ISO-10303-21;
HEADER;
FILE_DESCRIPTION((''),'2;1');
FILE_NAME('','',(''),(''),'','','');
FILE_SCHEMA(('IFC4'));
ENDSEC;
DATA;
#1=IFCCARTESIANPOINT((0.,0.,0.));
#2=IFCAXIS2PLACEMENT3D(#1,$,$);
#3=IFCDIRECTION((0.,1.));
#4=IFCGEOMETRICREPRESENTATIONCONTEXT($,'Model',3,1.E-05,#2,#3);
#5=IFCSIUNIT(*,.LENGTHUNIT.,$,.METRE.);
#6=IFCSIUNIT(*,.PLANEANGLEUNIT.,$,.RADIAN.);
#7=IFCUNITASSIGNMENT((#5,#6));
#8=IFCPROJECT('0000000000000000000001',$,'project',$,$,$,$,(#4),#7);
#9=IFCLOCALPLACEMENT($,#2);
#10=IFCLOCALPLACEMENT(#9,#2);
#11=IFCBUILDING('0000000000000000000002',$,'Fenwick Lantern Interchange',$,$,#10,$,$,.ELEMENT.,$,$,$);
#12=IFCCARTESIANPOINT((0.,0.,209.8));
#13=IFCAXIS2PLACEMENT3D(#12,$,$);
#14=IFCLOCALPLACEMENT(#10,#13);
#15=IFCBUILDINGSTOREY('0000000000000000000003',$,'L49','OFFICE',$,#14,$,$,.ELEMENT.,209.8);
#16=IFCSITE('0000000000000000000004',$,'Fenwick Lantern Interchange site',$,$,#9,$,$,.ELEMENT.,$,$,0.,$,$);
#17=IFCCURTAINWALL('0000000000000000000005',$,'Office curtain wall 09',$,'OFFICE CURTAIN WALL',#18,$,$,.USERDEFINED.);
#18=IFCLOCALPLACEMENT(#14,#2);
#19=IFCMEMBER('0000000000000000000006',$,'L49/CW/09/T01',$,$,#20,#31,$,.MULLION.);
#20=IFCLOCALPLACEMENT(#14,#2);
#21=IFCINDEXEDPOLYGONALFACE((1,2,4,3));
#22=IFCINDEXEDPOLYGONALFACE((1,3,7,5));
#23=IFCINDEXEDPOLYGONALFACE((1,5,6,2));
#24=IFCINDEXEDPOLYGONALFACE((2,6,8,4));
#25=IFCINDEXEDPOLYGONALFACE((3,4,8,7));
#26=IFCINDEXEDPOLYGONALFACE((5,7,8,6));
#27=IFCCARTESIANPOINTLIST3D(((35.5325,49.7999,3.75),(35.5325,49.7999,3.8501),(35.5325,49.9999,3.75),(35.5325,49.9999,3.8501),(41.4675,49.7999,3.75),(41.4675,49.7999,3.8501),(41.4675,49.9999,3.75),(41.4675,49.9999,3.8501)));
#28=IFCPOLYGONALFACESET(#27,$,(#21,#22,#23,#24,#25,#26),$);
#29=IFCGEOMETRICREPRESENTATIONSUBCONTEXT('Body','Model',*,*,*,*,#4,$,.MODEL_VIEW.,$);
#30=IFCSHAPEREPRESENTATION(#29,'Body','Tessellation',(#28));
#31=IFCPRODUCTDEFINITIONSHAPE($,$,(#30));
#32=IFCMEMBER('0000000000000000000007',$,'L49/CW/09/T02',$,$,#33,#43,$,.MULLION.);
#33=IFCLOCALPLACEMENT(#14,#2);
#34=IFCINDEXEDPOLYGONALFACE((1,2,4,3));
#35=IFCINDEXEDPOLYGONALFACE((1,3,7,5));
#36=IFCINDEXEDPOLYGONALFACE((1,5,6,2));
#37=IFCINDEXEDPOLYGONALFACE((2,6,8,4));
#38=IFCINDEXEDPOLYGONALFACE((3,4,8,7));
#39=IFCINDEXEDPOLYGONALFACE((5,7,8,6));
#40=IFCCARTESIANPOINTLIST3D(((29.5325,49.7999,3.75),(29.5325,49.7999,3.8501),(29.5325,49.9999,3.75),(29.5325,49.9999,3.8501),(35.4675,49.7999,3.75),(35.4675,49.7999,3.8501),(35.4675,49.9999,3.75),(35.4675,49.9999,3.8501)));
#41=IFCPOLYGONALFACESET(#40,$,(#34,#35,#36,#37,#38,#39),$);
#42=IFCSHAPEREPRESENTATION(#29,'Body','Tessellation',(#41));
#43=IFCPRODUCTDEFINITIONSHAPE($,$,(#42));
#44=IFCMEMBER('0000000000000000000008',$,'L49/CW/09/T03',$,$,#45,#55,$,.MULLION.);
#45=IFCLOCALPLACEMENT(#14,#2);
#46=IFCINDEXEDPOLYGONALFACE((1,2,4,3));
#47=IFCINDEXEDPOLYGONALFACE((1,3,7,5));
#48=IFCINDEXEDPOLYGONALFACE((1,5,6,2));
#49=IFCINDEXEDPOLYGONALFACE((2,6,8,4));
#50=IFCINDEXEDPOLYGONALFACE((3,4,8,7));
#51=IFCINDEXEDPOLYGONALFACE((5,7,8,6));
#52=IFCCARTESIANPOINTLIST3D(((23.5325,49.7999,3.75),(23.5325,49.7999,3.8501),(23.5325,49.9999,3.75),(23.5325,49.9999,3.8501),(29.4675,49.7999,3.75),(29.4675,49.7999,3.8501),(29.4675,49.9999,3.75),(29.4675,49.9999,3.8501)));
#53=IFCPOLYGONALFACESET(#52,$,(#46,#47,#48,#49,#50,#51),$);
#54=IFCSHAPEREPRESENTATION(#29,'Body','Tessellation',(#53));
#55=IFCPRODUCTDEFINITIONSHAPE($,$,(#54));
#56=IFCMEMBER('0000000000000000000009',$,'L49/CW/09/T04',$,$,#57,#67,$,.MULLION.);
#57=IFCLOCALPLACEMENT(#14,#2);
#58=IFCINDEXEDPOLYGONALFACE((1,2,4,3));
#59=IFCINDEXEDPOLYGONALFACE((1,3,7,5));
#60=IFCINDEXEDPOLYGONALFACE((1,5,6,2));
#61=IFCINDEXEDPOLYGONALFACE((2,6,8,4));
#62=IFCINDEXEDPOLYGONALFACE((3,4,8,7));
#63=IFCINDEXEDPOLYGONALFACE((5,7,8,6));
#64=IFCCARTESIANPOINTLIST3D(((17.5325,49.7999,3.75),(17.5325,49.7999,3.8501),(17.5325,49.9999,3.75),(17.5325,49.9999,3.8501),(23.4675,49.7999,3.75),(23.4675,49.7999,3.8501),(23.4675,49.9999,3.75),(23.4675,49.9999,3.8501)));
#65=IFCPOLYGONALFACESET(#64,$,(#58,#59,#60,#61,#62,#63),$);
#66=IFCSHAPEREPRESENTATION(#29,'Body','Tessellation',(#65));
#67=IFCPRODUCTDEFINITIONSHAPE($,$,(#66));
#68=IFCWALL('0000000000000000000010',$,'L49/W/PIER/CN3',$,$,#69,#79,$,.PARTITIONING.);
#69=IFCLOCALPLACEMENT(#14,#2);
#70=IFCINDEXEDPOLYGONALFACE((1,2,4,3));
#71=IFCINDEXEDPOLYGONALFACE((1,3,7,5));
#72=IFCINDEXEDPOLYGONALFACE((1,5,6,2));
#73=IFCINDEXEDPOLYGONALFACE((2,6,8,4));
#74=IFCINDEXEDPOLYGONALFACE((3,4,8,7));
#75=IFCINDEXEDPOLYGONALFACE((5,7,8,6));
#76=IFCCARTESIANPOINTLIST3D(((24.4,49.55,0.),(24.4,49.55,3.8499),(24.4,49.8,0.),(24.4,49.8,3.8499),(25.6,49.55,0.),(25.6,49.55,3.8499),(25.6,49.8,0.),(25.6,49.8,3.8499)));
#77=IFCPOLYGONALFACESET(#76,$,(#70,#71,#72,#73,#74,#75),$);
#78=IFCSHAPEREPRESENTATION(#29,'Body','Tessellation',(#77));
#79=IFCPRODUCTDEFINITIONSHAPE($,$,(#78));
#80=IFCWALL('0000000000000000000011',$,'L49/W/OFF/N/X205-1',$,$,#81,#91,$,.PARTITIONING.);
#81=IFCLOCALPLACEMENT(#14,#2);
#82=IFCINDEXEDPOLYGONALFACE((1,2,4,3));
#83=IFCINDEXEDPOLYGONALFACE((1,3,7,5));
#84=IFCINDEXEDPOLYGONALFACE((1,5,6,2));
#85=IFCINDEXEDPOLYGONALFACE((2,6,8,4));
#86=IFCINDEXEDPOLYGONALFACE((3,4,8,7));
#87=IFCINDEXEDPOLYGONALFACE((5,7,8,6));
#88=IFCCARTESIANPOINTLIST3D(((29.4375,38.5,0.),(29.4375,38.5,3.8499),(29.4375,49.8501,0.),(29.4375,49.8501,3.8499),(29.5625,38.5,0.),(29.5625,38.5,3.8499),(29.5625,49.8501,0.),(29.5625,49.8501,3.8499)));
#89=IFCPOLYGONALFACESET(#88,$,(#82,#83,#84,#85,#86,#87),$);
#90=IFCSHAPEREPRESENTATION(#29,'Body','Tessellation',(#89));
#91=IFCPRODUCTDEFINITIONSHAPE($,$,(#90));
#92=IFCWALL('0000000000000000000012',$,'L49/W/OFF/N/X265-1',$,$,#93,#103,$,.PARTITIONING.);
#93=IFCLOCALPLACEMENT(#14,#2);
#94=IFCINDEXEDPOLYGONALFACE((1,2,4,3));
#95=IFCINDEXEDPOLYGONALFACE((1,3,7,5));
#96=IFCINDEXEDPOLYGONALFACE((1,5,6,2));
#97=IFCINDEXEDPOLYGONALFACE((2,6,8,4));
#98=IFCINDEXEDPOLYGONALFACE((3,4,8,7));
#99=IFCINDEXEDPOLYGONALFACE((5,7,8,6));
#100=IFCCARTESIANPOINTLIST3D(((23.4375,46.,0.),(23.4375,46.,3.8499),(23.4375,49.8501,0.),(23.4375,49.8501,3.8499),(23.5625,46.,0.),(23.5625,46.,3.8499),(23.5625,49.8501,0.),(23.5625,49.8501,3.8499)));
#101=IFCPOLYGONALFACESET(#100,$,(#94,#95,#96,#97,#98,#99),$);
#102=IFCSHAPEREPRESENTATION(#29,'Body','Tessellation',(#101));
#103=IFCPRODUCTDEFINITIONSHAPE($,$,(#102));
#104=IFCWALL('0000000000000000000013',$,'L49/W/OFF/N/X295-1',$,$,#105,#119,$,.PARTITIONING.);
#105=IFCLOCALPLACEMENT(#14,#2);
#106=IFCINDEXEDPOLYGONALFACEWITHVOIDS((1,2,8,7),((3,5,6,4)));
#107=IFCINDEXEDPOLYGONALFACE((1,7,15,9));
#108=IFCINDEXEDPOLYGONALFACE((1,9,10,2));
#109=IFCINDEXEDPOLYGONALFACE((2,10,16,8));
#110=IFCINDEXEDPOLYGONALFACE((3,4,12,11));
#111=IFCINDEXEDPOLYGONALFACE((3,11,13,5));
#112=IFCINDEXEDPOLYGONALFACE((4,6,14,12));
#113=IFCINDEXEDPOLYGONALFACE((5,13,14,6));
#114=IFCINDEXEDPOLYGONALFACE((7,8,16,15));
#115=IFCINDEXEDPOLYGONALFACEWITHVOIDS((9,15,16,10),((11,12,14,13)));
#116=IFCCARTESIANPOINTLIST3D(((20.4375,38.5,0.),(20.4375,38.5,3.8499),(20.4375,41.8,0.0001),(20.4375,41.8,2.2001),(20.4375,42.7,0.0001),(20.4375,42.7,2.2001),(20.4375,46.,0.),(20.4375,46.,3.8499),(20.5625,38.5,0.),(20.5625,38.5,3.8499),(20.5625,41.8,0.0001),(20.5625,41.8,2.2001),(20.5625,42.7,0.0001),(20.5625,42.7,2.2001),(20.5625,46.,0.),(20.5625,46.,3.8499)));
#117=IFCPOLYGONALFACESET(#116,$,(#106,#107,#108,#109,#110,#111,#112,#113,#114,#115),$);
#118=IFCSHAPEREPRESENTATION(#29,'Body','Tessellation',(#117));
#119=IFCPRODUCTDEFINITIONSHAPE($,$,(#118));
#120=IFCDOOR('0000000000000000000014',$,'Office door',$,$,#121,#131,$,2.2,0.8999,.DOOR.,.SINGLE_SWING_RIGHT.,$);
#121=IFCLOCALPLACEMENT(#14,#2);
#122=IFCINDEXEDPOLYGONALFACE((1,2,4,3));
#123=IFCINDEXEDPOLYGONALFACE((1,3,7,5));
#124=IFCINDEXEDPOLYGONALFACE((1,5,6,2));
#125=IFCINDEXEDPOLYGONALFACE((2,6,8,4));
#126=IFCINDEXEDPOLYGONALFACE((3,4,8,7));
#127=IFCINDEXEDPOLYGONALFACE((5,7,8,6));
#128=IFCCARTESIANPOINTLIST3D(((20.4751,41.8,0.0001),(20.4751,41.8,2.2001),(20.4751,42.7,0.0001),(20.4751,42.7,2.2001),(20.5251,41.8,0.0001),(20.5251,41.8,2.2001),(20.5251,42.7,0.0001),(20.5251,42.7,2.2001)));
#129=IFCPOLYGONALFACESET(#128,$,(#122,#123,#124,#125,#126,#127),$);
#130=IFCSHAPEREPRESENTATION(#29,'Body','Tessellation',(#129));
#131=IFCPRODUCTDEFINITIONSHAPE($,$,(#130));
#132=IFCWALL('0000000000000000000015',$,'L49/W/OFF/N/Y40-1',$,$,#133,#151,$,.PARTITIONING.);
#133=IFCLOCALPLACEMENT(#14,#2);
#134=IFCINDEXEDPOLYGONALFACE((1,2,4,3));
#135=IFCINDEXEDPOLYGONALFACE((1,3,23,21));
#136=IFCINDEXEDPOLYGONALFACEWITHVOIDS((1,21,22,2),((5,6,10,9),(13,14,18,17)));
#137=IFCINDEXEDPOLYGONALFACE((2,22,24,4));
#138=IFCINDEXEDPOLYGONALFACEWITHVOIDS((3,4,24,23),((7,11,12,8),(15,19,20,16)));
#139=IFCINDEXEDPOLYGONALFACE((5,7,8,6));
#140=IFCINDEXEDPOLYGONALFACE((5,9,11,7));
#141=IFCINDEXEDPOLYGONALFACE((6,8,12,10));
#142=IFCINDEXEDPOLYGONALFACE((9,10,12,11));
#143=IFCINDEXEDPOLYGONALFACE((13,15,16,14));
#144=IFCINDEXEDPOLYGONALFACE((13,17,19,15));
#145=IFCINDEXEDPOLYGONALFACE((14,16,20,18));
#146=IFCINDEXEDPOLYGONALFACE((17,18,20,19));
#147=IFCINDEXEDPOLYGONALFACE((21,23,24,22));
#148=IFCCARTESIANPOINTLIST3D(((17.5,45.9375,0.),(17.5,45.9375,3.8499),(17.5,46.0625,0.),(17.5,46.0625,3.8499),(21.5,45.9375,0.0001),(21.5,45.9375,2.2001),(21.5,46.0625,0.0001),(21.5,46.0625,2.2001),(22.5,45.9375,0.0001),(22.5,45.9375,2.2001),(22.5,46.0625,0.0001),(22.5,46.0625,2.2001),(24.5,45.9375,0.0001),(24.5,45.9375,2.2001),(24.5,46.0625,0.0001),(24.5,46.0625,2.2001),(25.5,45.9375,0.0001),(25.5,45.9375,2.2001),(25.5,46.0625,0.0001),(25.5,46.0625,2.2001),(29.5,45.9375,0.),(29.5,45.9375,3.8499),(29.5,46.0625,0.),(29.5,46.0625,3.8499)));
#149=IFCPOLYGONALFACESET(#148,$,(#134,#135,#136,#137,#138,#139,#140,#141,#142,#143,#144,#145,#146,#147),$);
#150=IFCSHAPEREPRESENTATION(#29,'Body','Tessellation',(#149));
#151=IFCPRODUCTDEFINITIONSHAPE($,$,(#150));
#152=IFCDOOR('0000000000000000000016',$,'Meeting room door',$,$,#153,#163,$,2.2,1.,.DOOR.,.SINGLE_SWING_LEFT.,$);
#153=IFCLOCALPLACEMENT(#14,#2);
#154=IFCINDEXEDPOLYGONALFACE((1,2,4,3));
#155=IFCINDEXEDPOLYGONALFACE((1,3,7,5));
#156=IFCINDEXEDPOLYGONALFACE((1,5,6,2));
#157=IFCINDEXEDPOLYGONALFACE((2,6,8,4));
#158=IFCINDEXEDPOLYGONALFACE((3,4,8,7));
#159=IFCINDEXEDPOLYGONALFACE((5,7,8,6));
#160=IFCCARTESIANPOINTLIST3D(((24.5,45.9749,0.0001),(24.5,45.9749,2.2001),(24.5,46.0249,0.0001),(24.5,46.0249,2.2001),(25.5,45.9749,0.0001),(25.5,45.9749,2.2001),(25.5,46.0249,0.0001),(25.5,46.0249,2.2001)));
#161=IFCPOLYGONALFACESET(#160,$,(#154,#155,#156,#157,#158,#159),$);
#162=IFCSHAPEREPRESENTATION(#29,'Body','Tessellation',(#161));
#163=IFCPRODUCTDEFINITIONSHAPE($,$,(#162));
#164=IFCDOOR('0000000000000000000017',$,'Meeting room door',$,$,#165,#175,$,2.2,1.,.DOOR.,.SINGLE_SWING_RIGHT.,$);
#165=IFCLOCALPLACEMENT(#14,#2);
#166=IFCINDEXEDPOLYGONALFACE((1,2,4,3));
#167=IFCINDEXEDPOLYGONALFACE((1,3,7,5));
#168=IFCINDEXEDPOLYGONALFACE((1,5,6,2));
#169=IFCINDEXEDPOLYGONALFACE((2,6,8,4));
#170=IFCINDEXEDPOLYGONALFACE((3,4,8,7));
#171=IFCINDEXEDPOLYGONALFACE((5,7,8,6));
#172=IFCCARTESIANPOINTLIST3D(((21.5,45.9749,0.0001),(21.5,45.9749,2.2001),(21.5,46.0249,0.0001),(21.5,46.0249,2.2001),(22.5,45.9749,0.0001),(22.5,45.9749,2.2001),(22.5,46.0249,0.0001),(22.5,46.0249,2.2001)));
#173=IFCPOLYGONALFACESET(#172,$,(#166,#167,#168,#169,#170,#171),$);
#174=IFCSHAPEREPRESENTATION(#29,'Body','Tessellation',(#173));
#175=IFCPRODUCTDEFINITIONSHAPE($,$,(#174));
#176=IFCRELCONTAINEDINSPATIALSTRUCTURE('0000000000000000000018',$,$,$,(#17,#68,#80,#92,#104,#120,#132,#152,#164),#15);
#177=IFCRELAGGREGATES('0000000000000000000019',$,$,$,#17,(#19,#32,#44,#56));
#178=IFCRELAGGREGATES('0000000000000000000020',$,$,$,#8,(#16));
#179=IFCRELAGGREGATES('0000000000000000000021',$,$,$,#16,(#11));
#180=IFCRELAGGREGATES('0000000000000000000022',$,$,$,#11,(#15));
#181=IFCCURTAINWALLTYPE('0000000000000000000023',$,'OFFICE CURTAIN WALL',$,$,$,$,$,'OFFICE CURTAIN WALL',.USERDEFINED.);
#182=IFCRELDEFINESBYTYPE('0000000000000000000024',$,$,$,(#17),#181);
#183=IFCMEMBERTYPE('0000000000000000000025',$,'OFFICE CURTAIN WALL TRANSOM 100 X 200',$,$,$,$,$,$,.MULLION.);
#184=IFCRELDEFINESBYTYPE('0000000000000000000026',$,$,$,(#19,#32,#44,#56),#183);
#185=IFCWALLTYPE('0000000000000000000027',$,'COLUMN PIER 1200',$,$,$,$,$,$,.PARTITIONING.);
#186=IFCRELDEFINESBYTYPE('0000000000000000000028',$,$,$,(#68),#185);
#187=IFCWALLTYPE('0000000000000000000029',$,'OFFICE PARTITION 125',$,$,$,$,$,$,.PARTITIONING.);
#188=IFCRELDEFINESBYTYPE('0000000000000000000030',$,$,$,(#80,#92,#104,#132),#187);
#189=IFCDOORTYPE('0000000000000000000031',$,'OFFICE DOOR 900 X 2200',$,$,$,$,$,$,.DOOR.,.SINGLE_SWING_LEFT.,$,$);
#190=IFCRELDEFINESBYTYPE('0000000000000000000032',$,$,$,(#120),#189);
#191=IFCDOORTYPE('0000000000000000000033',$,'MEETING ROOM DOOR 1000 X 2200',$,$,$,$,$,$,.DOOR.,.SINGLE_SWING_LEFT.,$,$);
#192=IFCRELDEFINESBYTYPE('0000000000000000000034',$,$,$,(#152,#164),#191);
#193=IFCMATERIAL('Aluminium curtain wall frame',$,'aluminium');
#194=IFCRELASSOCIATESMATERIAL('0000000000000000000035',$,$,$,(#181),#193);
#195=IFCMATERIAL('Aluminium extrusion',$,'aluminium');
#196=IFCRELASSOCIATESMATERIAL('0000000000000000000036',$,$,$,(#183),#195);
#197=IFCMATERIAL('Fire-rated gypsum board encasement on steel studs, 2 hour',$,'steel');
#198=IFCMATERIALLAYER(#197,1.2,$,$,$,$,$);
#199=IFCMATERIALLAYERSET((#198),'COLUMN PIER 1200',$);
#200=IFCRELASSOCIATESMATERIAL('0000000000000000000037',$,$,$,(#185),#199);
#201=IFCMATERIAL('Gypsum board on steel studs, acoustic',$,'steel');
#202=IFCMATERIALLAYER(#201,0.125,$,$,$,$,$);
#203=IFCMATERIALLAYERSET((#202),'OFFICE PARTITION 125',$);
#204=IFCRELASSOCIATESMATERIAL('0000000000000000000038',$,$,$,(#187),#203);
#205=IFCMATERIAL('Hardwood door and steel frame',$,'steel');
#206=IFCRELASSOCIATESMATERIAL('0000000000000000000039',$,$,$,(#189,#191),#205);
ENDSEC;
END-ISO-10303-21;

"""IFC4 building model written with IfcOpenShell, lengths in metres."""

from ifc_helpers import new_model, si_unit, direction, frame, frame_2d, origin, origin_2d, place, context, subcontext, project, spatial, rectangle, extrude, material, layer, layer_set, material_profile, profile_set, type_object, element, fill, aggregate, save


model = new_model("IFC4")

# Units and contexts
model_context = context("Model", 3, precision=1e-05, world=origin(), true_north=direction((0.0, 1.0)))
body_context = subcontext(model_context, "Body", "Model", "MODEL_VIEW")
ifc_project = project(units=[si_unit("LENGTHUNIT", "METRE"), si_unit("PLANEANGLEUNIT", "RADIAN")], contexts=[model_context])

# Site, building, storey
site_placement = place(None, origin())
site = spatial("IfcSite", under=ifc_project, at=site_placement, Name="Fenwick Lantern Interchange site", CompositionType="ELEMENT", RefElevation=0.0)
building_placement = place(site_placement, origin())
building = spatial("IfcBuilding", under=site, at=building_placement, Name="Fenwick Lantern Interchange", CompositionType="ELEMENT")
storey_placement = place(building_placement, frame((0.0, 0.0, 209.8)))
storey = spatial("IfcBuildingStorey", under=building, at=storey_placement, Name="L49", Description="OFFICE", CompositionType="ELEMENT", Elevation=209.8)

# Curtain wall, members
ifc_material_1 = material(Name="Aluminium curtain wall frame", Category="aluminium")
curtain_wall_type = type_object("IfcCurtainWallType", Name="OFFICE CURTAIN WALL", ElementType="OFFICE CURTAIN WALL", PredefinedType="USERDEFINED", material=ifc_material_1)
curtain_wall_placement = place(storey_placement, origin())
curtain_wall = element("IfcCurtainWall", 1, at=curtain_wall_placement, inside=storey, type_object=curtain_wall_type, Name="Office curtain wall 09", ObjectType="OFFICE CURTAIN WALL", PredefinedType="USERDEFINED")
ifc_material_2 = material(Name="Aluminium extrusion", Category="aluminium")
ifc_material_profile_1 = material_profile(ifc_material_2, rectangle(XDim=0.2, YDim=0.1001, at=origin_2d()), Name="OFFICE CURTAIN WALL TRANSOM 100 X 200")
ifc_profile_set_1 = profile_set([ifc_material_profile_1], Name="Aluminium extrusion")
member_type_1 = type_object("IfcMemberType", Name="OFFICE CURTAIN WALL TRANSOM 100 X 200", PredefinedType="MULLION", material=ifc_profile_set_1)
member_1_placement = place(storey_placement, frame((41.4675, 49.8999, 3.8), z_axis=(-1.0, 0.0, 0.0), x_axis=(0.0, -1.0, 0.0)))
member_1 = element("IfcMember", 2, at=member_1_placement, type_object=member_type_1, Name="L49/CW/09/T01", PredefinedType="MULLION", context=body_context, shape_type="SweptSolid", body=[
    extrude(rectangle(XDim=0.2, YDim=0.1001, at=origin_2d()), origin(), (0.0, 0.0, 1.0), 5.9351),
])
member_2_placement = place(storey_placement, frame((35.4675, 49.8999, 3.8), z_axis=(-1.0, 0.0, 0.0), x_axis=(0.0, -1.0, 0.0)))
member_2 = element("IfcMember", 3, at=member_2_placement, type_object=member_type_1, Name="L49/CW/09/T02", PredefinedType="MULLION", context=body_context, shape_type="SweptSolid", body=[
    extrude(rectangle(XDim=0.2, YDim=0.1001, at=origin_2d()), origin(), (0.0, 0.0, 1.0), 5.9351),
])
member_3_placement = place(storey_placement, frame((29.4675, 49.8999, 3.8), z_axis=(-1.0, 0.0, 0.0), x_axis=(0.0, -1.0, 0.0)))
member_3 = element("IfcMember", 4, at=member_3_placement, type_object=member_type_1, Name="L49/CW/09/T03", PredefinedType="MULLION", context=body_context, shape_type="SweptSolid", body=[
    extrude(rectangle(XDim=0.2, YDim=0.1001, at=origin_2d()), origin(), (0.0, 0.0, 1.0), 5.9351),
])
member_4_placement = place(storey_placement, frame((23.4675, 49.8999, 3.8), z_axis=(-1.0, 0.0, 0.0), x_axis=(0.0, -1.0, 0.0)))
member_4 = element("IfcMember", 5, at=member_4_placement, type_object=member_type_1, Name="L49/CW/09/T04", PredefinedType="MULLION", context=body_context, shape_type="SweptSolid", body=[
    extrude(rectangle(XDim=0.2, YDim=0.1001, at=origin_2d()), origin(), (0.0, 0.0, 1.0), 5.9351),
])
aggregate(curtain_wall, [member_1, member_2, member_3, member_4])

# Walls
ifc_material_3 = material(Name="Fire-rated gypsum board encasement on steel studs, 2 hour", Category="steel")
ifc_layer_1 = layer(ifc_material_3, 1.2)
ifc_layer_set_1 = layer_set([ifc_layer_1], Name="COLUMN PIER 1200")
wall_type_1 = type_object("IfcWallType", Name="COLUMN PIER 1200", PredefinedType="PARTITIONING", material=ifc_layer_set_1)
wall_1_placement = place(storey_placement, frame((25.0, 49.8, 0.0), z_axis=(0.0, 0.0, 1.0), x_axis=(0.0, -1.0, 0.0)))
element("IfcWall", 6, at=wall_1_placement, inside=storey, type_object=wall_type_1, Name="L49/W/PIER/CN3", PredefinedType="PARTITIONING", context=body_context, shape_type="SweptSolid", body=[
    extrude(rectangle(XDim=0.25, YDim=1.2, at=frame_2d((0.125, 0.0))), origin(), (0.0, 0.0, 1.0), 3.8499),
])
ifc_material_4 = material(Name="Gypsum board on steel studs, acoustic", Category="steel")
ifc_layer_2 = layer(ifc_material_4, 0.125)
ifc_layer_set_2 = layer_set([ifc_layer_2], Name="OFFICE PARTITION 125")
wall_type_2 = type_object("IfcWallType", Name="OFFICE PARTITION 125", PredefinedType="PARTITIONING", material=ifc_layer_set_2)
wall_2_placement = place(storey_placement, frame((29.5, 49.8501, 0.0), z_axis=(0.0, 0.0, 1.0), x_axis=(0.0, -1.0, 0.0)))
element("IfcWall", 7, at=wall_2_placement, inside=storey, type_object=wall_type_2, Name="L49/W/OFF/N/X205-1", PredefinedType="PARTITIONING", context=body_context, shape_type="SweptSolid", body=[
    extrude(rectangle(XDim=11.3501, YDim=0.125, at=frame_2d((5.675, 0.0))), origin(), (0.0, 0.0, 1.0), 3.8499),
])
wall_3_placement = place(storey_placement, frame((23.5, 49.8501, 0.0), z_axis=(0.0, 0.0, 1.0), x_axis=(0.0, -1.0, 0.0)))
element("IfcWall", 8, at=wall_3_placement, inside=storey, type_object=wall_type_2, Name="L49/W/OFF/N/X265-1", PredefinedType="PARTITIONING", context=body_context, shape_type="SweptSolid", body=[
    extrude(rectangle(XDim=3.8501, YDim=0.125, at=frame_2d((1.925, 0.0))), origin(), (0.0, 0.0, 1.0), 3.8499),
])

# Wall, opening, door
wall_4_placement = place(storey_placement, frame((20.5, 46.0, 0.0), z_axis=(0.0, 0.0, 1.0), x_axis=(0.0, -1.0, 0.0)))
wall_4 = element("IfcWall", 9, at=wall_4_placement, inside=storey, type_object=wall_type_2, Name="L49/W/OFF/N/X295-1", PredefinedType="PARTITIONING", context=body_context, shape_type="SweptSolid", body=[
    extrude(rectangle(XDim=7.5, YDim=0.125, at=frame_2d((3.75, 0.0))), origin(), (0.0, 0.0, 1.0), 3.8499),
])
opening_1_placement = place(wall_4_placement, frame((3.3, 0.0, 0.0)))
opening_1 = element("IfcOpeningElement", 10, at=opening_1_placement, cuts=wall_4, PredefinedType="OPENING", context=body_context, shape_type="SweptSolid", body=[
    extrude(rectangle(XDim=0.8999, YDim=2.2, at=frame_2d((0.45, 1.1001))), frame((0.0, 0.0725, 0.0), z_axis=(0.0, -1.0, 0.0), x_axis=(1.0, 0.0, 0.0)), (0.0, 0.0, 1.0), 0.145),
])
ifc_material_5 = material(Name="Hardwood door and steel frame", Category="steel")
door_type_1 = type_object("IfcDoorType", Name="OFFICE DOOR 900 X 2200", OperationType="SINGLE_SWING_LEFT", PredefinedType="DOOR", material=ifc_material_5)
door_1_placement = place(opening_1_placement, frame((0.8999, 0.0, 0.0), z_axis=(0.0, 0.0, 1.0), x_axis=(-1.0, 0.0, 0.0)))
door_1 = element("IfcDoor", 11, at=door_1_placement, inside=storey, type_object=door_type_1, Name="Office door", OperationType="SINGLE_SWING_RIGHT", OverallHeight=2.2, OverallWidth=0.8999, PredefinedType="DOOR", context=body_context, shape_type="SweptSolid", body=[
    extrude(rectangle(XDim=0.8999, YDim=2.2, at=frame_2d((0.45, 1.1001))), frame((0.0, 0.0249, 0.0), z_axis=(0.0, -1.0, 0.0), x_axis=(1.0, 0.0, 0.0)), (0.0, 0.0, 1.0), 0.05),
])
fill(opening_1, door_1)

# Wall, openings, doors
wall_5_placement = place(storey_placement, frame((29.5, 46.0, 0.0), z_axis=(0.0, 0.0, 1.0), x_axis=(-1.0, 0.0, 0.0)))
wall_5 = element("IfcWall", 12, at=wall_5_placement, inside=storey, type_object=wall_type_2, Name="L49/W/OFF/N/Y40-1", PredefinedType="PARTITIONING", context=body_context, shape_type="SweptSolid", body=[
    extrude(rectangle(XDim=12.0, YDim=0.125, at=frame_2d((6.0, 0.0))), origin(), (0.0, 0.0, 1.0), 3.8499),
])
opening_2_placement = place(wall_5_placement, frame((4.0, 0.0, 0.0)))
opening_2 = element("IfcOpeningElement", 13, at=opening_2_placement, cuts=wall_5, PredefinedType="OPENING", context=body_context, shape_type="SweptSolid", body=[
    extrude(rectangle(XDim=1.0, YDim=2.2, at=frame_2d((0.5, 1.1001))), frame((0.0, 0.0725, 0.0), z_axis=(0.0, -1.0, 0.0), x_axis=(1.0, 0.0, 0.0)), (0.0, 0.0, 1.0), 0.145),
])
opening_3_placement = place(wall_5_placement, frame((7.0, 0.0, 0.0)))
opening_3 = element("IfcOpeningElement", 14, at=opening_3_placement, cuts=wall_5, PredefinedType="OPENING", context=body_context, shape_type="SweptSolid", body=[
    extrude(rectangle(XDim=1.0, YDim=2.2, at=frame_2d((0.5, 1.1001))), frame((0.0, 0.0725, 0.0), z_axis=(0.0, -1.0, 0.0), x_axis=(1.0, 0.0, 0.0)), (0.0, 0.0, 1.0), 0.145),
])
door_type_2 = type_object("IfcDoorType", Name="MEETING ROOM DOOR 1000 X 2200", OperationType="SINGLE_SWING_LEFT", PredefinedType="DOOR", material=ifc_material_5)
door_2_placement = place(opening_2_placement, frame((1.0, 0.0, 0.0), z_axis=(0.0, 0.0, 1.0), x_axis=(-1.0, 0.0, 0.0)))
door_2 = element("IfcDoor", 15, at=door_2_placement, inside=storey, type_object=door_type_2, Name="Meeting room door", OperationType="SINGLE_SWING_LEFT", OverallHeight=2.2, OverallWidth=1.0, PredefinedType="DOOR", context=body_context, shape_type="SweptSolid", body=[
    extrude(rectangle(XDim=1.0, YDim=2.2, at=frame_2d((0.5, 1.1001))), frame((0.0, 0.0249, 0.0), z_axis=(0.0, -1.0, 0.0), x_axis=(1.0, 0.0, 0.0)), (0.0, 0.0, 1.0), 0.05),
])
fill(opening_2, door_2)
door_3_placement = place(opening_3_placement, frame((1.0, 0.0, 0.0), z_axis=(0.0, 0.0, 1.0), x_axis=(-1.0, 0.0, 0.0)))
door_3 = element("IfcDoor", 16, at=door_3_placement, inside=storey, type_object=door_type_2, Name="Meeting room door", OperationType="SINGLE_SWING_RIGHT", OverallHeight=2.2, OverallWidth=1.0, PredefinedType="DOOR", context=body_context, shape_type="SweptSolid", body=[
    extrude(rectangle(XDim=1.0, YDim=2.2, at=frame_2d((0.5, 1.1001))), frame((0.0, 0.0249, 0.0), z_axis=(0.0, -1.0, 0.0), x_axis=(1.0, 0.0, 0.0)), (0.0, 0.0, 1.0), 0.05),
])
fill(opening_3, door_3)

save(model, "model.ifc")
